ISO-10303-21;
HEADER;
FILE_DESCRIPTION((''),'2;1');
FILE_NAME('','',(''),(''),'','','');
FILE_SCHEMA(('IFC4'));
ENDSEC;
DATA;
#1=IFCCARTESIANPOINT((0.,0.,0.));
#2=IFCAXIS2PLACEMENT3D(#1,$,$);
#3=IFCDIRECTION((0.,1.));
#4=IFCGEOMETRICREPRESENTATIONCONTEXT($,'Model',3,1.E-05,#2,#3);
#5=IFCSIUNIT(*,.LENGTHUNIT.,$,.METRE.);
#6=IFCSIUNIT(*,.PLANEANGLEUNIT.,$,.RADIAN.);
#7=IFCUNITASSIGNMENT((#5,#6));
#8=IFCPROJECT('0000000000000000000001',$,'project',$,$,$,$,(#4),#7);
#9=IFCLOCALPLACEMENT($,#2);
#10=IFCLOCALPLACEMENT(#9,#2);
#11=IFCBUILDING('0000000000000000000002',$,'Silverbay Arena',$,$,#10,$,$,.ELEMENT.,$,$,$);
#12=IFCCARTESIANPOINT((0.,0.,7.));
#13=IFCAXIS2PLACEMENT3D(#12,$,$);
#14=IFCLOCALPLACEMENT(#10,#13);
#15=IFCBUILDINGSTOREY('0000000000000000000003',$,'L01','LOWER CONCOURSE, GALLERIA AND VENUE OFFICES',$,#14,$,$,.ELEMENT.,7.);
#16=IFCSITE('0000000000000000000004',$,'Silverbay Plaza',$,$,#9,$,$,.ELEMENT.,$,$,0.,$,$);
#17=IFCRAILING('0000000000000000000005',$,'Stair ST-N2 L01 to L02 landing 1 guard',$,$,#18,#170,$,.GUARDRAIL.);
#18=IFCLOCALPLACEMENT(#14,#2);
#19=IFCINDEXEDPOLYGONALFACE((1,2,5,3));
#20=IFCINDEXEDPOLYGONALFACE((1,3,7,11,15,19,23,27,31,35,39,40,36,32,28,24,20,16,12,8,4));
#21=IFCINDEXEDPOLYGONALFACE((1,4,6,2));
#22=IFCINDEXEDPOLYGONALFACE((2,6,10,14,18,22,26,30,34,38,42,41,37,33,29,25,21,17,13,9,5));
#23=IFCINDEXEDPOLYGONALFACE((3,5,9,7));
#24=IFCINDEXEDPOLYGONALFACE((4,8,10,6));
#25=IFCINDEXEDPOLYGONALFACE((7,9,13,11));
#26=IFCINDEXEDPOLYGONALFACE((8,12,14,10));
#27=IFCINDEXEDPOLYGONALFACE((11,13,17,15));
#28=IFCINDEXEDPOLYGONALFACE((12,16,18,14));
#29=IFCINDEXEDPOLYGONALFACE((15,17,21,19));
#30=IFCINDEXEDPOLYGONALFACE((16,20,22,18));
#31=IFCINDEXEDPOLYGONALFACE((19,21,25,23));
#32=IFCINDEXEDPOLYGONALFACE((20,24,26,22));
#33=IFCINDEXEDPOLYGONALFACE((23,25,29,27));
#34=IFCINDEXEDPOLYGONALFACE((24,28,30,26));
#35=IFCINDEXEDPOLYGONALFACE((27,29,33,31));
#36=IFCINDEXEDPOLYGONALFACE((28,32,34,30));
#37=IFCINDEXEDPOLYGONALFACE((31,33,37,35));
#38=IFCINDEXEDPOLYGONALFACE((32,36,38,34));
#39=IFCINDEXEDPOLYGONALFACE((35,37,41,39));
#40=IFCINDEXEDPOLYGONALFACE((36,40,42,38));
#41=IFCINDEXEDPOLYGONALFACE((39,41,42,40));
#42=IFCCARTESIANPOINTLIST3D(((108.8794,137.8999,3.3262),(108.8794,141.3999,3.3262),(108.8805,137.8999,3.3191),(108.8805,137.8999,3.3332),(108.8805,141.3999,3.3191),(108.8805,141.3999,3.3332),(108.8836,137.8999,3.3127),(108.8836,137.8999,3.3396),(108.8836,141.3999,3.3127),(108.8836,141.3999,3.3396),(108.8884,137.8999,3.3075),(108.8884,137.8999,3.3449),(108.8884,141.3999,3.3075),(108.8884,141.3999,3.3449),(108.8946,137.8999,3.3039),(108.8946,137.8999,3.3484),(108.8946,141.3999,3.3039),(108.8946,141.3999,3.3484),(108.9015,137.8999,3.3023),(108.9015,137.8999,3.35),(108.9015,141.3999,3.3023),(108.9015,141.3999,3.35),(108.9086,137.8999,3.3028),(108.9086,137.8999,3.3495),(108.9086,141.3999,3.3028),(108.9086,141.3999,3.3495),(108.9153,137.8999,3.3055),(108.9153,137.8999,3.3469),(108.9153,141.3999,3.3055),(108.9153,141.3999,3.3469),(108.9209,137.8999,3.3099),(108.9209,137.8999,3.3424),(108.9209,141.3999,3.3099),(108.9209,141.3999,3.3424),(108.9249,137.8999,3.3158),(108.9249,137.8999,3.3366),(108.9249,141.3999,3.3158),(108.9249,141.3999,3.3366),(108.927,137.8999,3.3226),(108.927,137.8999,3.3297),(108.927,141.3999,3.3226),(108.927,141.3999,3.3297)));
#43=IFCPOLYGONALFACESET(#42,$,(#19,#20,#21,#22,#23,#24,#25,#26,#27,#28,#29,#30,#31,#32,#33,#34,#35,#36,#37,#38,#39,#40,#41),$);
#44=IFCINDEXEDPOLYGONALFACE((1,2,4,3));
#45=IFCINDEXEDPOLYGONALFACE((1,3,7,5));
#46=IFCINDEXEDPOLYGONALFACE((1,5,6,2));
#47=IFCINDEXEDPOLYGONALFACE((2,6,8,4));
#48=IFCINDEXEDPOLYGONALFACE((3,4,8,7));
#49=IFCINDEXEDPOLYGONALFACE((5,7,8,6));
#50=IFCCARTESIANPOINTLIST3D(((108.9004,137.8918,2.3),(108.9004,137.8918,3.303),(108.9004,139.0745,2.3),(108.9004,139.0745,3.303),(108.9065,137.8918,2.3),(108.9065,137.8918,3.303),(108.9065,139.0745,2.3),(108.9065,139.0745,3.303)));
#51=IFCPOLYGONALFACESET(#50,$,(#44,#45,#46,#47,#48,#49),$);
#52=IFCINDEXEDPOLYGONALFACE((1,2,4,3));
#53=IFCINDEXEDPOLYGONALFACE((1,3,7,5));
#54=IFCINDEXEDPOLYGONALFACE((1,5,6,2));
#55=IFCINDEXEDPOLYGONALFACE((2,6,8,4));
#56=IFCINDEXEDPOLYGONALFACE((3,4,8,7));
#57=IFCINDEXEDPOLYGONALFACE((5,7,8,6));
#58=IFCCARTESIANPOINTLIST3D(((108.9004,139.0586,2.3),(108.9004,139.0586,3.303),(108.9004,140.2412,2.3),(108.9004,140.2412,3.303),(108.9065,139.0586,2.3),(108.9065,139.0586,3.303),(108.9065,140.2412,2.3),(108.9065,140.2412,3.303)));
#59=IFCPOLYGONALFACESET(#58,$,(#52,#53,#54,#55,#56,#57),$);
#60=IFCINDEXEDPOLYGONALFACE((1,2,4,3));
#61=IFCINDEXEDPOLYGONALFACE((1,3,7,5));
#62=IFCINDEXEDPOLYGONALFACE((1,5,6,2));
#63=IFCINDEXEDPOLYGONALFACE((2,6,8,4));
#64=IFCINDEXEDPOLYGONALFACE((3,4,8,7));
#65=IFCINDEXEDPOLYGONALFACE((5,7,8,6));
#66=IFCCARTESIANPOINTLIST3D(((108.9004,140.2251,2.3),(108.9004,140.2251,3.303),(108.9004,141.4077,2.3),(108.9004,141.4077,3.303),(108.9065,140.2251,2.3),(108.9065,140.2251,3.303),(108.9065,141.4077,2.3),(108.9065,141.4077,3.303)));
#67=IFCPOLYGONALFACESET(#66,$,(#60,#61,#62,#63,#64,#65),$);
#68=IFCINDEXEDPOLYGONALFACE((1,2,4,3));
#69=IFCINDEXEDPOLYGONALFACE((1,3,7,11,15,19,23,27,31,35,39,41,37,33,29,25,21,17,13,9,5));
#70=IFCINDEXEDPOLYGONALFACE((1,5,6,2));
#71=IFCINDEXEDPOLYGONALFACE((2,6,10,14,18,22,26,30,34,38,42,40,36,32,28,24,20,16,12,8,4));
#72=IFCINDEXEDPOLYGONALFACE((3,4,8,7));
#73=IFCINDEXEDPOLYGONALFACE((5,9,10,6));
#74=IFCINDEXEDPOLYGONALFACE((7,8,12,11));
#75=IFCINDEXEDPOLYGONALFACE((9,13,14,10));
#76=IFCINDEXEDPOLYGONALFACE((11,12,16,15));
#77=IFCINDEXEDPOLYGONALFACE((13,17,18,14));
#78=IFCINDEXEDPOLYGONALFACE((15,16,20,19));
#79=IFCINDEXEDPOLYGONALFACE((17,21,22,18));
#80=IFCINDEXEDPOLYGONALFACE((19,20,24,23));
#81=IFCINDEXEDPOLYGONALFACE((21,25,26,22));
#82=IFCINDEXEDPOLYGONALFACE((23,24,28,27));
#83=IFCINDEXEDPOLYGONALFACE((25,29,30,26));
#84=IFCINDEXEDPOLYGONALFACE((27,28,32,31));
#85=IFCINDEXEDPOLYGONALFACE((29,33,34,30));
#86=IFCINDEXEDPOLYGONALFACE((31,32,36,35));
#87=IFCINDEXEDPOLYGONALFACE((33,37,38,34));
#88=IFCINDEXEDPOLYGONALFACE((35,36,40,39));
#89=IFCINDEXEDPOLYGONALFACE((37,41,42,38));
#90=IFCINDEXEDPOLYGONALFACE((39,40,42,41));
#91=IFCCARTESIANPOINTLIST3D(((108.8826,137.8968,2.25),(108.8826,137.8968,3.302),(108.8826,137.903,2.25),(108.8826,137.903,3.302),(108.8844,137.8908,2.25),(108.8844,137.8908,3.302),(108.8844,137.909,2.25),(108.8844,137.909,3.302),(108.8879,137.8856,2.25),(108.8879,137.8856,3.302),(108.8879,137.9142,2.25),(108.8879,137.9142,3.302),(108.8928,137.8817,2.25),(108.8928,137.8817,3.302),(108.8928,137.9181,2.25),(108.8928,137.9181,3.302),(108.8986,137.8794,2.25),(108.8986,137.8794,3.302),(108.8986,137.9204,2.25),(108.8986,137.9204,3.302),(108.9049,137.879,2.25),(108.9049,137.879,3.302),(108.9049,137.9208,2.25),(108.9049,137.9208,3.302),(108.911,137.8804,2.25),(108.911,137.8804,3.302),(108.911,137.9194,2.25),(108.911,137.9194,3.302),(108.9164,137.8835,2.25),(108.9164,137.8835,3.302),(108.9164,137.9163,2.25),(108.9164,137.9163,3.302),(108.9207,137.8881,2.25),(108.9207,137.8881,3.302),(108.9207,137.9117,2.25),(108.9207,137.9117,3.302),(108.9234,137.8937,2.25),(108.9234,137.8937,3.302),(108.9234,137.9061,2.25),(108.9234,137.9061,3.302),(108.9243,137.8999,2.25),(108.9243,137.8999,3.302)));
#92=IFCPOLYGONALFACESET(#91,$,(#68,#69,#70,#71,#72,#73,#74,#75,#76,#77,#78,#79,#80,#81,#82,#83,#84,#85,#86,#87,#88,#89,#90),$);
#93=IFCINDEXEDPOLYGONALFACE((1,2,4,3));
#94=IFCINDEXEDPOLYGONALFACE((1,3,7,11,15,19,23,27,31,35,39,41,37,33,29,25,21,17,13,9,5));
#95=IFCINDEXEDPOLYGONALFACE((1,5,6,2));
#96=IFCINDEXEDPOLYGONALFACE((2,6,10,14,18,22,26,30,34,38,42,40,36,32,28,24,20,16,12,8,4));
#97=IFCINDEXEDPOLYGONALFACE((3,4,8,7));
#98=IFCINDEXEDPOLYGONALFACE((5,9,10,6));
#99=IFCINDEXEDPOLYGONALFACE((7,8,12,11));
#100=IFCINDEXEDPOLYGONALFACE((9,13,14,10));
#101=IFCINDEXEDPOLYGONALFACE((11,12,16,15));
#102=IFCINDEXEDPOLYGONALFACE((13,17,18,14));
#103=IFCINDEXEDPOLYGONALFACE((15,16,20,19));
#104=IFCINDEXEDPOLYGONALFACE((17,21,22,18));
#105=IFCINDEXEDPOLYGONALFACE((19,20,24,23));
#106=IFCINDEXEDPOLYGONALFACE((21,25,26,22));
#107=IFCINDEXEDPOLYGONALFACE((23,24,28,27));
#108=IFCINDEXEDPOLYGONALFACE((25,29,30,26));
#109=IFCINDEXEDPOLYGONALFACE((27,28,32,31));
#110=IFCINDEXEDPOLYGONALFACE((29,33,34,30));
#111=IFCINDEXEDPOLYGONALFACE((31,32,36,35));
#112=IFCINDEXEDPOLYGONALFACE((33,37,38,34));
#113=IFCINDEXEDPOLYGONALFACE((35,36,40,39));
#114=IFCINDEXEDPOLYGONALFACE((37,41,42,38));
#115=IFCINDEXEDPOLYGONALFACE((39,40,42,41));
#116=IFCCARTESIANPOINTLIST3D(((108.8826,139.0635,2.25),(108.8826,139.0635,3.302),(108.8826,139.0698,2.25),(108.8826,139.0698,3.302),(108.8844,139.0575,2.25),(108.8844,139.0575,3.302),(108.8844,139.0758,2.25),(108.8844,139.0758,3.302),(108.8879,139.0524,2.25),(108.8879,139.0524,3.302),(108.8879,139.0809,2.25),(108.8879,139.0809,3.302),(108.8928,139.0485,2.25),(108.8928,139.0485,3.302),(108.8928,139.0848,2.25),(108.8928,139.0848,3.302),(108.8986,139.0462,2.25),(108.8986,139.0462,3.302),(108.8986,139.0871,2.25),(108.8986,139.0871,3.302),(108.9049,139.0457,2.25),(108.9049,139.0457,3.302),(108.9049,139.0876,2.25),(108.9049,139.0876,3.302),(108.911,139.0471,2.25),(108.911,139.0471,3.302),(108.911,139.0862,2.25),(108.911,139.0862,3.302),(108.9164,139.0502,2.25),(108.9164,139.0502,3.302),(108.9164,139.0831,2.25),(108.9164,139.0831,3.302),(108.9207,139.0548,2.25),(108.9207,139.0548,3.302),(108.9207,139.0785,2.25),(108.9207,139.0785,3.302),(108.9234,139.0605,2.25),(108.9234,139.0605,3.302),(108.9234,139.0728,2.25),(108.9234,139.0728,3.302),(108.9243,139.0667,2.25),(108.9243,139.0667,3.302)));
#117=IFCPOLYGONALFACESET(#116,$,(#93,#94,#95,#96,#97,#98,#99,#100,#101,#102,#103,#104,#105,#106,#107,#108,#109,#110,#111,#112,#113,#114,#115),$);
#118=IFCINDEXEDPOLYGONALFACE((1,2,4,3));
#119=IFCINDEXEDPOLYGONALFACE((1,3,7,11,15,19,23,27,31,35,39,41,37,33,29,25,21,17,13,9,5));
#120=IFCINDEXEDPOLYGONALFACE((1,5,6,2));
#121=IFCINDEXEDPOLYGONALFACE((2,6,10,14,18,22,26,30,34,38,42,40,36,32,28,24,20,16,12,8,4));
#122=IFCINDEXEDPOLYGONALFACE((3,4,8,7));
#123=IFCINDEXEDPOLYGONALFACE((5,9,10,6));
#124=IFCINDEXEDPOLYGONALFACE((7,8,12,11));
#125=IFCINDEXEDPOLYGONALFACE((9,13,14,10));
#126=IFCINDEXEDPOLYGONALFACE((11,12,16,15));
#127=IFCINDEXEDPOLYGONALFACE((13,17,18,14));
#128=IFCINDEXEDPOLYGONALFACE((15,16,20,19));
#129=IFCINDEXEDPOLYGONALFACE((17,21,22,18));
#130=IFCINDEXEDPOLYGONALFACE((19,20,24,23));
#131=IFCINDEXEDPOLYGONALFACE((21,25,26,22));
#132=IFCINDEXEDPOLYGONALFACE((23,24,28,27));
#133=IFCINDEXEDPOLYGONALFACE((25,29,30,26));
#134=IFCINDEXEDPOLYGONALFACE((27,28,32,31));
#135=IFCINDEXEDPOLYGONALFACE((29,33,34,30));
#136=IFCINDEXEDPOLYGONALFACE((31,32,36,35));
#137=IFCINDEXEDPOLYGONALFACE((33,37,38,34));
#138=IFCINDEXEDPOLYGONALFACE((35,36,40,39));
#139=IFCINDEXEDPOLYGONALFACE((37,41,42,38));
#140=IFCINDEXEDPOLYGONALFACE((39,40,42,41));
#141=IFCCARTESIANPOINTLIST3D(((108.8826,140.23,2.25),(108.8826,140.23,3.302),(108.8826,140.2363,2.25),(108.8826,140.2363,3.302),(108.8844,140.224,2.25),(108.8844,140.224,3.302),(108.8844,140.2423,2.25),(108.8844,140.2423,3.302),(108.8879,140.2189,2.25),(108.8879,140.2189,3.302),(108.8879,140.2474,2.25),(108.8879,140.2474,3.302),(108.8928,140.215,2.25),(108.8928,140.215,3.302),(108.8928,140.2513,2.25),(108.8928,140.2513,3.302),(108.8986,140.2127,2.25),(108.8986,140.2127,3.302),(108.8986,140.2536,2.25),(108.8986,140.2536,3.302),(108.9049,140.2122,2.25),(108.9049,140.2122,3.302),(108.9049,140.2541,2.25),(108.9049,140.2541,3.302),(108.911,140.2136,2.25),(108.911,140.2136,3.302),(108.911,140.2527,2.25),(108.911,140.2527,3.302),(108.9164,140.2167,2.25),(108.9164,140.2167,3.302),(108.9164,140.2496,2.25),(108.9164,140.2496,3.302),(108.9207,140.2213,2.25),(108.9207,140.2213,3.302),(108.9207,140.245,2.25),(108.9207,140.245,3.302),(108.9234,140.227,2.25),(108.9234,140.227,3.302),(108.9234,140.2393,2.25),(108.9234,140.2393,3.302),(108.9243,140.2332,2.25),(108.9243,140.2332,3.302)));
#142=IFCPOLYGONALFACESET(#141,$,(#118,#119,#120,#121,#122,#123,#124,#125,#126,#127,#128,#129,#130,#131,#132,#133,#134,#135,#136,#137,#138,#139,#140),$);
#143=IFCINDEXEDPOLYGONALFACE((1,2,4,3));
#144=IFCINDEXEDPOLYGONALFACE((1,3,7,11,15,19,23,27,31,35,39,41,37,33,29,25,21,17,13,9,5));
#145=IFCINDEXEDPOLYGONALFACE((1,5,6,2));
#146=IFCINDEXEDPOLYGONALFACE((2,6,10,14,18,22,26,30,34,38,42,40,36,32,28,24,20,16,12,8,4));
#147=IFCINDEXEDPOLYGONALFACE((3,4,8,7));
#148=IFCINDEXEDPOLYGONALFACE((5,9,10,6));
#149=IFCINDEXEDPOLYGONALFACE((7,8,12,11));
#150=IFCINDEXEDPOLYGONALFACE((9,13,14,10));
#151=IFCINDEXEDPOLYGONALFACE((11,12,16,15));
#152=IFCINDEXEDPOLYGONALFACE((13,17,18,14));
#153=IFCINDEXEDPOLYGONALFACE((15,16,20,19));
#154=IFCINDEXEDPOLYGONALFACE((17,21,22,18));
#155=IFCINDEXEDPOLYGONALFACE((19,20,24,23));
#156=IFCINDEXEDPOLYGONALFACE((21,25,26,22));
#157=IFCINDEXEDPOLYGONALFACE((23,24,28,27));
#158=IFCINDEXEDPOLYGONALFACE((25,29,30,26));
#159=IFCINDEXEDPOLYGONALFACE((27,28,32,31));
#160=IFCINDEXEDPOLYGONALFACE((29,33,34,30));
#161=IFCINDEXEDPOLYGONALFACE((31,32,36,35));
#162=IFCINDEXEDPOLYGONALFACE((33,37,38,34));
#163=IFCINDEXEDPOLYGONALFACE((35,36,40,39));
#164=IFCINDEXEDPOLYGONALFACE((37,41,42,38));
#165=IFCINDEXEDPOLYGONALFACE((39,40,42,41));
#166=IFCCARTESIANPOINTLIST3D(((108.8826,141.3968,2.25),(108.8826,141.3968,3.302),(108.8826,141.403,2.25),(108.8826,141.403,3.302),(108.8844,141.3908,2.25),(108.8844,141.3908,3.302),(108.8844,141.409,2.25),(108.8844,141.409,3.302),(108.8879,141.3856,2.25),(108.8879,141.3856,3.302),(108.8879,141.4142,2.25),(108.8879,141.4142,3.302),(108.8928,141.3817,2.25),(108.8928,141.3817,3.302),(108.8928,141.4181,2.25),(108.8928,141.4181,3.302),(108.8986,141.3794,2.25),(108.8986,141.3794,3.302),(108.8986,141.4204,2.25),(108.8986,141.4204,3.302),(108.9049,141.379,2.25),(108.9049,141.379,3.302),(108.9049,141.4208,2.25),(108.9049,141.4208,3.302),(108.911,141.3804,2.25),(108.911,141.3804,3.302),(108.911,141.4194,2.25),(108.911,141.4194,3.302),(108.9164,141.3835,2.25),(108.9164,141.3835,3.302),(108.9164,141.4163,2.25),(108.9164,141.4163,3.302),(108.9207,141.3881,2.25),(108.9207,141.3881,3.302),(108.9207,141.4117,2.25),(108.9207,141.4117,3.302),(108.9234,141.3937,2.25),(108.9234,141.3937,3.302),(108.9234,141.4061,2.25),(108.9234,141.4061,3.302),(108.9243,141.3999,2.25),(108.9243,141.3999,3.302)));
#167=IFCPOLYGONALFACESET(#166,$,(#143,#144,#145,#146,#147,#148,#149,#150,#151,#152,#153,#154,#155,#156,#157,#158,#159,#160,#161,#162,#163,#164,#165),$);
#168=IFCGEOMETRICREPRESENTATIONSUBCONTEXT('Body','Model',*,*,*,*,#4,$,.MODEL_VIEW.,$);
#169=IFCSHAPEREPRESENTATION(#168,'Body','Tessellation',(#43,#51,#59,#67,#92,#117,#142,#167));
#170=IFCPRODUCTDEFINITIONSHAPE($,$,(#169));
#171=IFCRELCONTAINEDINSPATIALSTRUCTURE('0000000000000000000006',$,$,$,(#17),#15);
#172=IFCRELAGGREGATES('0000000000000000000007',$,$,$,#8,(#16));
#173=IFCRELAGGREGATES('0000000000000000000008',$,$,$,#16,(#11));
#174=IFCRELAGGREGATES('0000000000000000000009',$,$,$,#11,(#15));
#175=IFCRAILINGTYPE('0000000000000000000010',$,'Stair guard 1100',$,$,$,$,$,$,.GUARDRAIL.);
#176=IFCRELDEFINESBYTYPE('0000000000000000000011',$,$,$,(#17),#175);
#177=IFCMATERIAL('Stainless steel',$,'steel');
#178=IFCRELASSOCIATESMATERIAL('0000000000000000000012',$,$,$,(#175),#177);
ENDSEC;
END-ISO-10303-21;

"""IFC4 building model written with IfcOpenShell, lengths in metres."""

from ifc_helpers import new_model, si_unit, direction, frame, origin, origin_2d, place, context, subcontext, project, spatial, polyline, circle, outline, extrude, material, type_object, element, save


model = new_model("IFC4")

# Units and contexts
model_context = context("Model", 3, precision=1e-05, world=origin(), true_north=direction((0.0, 1.0)))
body_context = subcontext(model_context, "Body", "Model", "MODEL_VIEW")
ifc_project = project(units=[si_unit("LENGTHUNIT", "METRE"), si_unit("PLANEANGLEUNIT", "RADIAN")], contexts=[model_context])

# Site, building, storey
site_placement = place(None, origin())
site = spatial("IfcSite", under=ifc_project, at=site_placement, Name="Silverbay Plaza", CompositionType="ELEMENT", RefElevation=0.0)
building_placement = place(site_placement, origin())
building = spatial("IfcBuilding", under=site, at=building_placement, Name="Silverbay Arena", CompositionType="ELEMENT")
storey_placement = place(building_placement, frame((0.0, 0.0, 7.0)))
storey = spatial("IfcBuildingStorey", under=building, at=storey_placement, Name="L01", Description="LOWER CONCOURSE, GALLERIA AND VENUE OFFICES", CompositionType="ELEMENT", Elevation=7.0)

# Railing
ifc_material_1 = material(Name="Stainless steel", Category="steel")
railing_type_1 = type_object("IfcRailingType", Name="Stair guard 1100", PredefinedType="GUARDRAIL", material=ifc_material_1)
railing_1_placement = place(storey_placement, frame((108.9033, 137.8999, 2.25)))
element("IfcRailing", 1, at=railing_1_placement, inside=storey, type_object=railing_type_1, Name="Stair ST-N2 L01 to L02 landing 1 guard", PredefinedType="GUARDRAIL", context=body_context, shape_type="SweptSolid", body=[
    extrude(circle(Radius=0.0239, at=origin_2d()), frame((0.0, 0.0, 1.0762), z_axis=(0.0, 1.0, 0.0), x_axis=(-1.0, 0.0, 0.0)), (0.0, 0.0, 1.0), 3.5),
    extrude(outline(polyline([(-0.0081, 0.05), (1.1746, 0.05), (1.1746, 1.053), (-0.0081, 1.053), (-0.0081, 0.05)])), frame((-0.0029, 0.0, 0.0), z_axis=(1.0, 0.0, 0.0), x_axis=(0.0, 1.0, 0.0)), (0.0, 0.0, 1.0), 0.0061),
    extrude(outline(polyline([(-0.0081, 0.05), (1.1746, 0.05), (1.1746, 1.053), (-0.0081, 1.053), (-0.0081, 0.05)])), frame((-0.0029, 1.1667, 0.0), z_axis=(1.0, 0.0, 0.0), x_axis=(0.0, 1.0, 0.0)), (0.0, 0.0, 1.0), 0.0061),
    extrude(outline(polyline([(-0.0081, 0.05), (1.1746, 0.05), (1.1746, 1.053), (-0.0081, 1.053), (-0.0081, 0.05)])), frame((-0.0029, 2.3333, 0.0), z_axis=(1.0, 0.0, 0.0), x_axis=(0.0, 1.0, 0.0)), (0.0, 0.0, 1.0), 0.0061),
    extrude(circle(Radius=0.021, at=origin_2d()), origin(), (0.0, 0.0, 1.0), 1.052),
    extrude(circle(Radius=0.021, at=origin_2d()), frame((0.0, 1.1667, 0.0)), (0.0, 0.0, 1.0), 1.052),
    extrude(circle(Radius=0.021, at=origin_2d()), frame((0.0, 2.3333, 0.0)), (0.0, 0.0, 1.0), 1.052),
    extrude(circle(Radius=0.021, at=origin_2d()), frame((0.0, 3.5, 0.0)), (0.0, 0.0, 1.0), 1.052),
])

save(model, "model.ifc")
